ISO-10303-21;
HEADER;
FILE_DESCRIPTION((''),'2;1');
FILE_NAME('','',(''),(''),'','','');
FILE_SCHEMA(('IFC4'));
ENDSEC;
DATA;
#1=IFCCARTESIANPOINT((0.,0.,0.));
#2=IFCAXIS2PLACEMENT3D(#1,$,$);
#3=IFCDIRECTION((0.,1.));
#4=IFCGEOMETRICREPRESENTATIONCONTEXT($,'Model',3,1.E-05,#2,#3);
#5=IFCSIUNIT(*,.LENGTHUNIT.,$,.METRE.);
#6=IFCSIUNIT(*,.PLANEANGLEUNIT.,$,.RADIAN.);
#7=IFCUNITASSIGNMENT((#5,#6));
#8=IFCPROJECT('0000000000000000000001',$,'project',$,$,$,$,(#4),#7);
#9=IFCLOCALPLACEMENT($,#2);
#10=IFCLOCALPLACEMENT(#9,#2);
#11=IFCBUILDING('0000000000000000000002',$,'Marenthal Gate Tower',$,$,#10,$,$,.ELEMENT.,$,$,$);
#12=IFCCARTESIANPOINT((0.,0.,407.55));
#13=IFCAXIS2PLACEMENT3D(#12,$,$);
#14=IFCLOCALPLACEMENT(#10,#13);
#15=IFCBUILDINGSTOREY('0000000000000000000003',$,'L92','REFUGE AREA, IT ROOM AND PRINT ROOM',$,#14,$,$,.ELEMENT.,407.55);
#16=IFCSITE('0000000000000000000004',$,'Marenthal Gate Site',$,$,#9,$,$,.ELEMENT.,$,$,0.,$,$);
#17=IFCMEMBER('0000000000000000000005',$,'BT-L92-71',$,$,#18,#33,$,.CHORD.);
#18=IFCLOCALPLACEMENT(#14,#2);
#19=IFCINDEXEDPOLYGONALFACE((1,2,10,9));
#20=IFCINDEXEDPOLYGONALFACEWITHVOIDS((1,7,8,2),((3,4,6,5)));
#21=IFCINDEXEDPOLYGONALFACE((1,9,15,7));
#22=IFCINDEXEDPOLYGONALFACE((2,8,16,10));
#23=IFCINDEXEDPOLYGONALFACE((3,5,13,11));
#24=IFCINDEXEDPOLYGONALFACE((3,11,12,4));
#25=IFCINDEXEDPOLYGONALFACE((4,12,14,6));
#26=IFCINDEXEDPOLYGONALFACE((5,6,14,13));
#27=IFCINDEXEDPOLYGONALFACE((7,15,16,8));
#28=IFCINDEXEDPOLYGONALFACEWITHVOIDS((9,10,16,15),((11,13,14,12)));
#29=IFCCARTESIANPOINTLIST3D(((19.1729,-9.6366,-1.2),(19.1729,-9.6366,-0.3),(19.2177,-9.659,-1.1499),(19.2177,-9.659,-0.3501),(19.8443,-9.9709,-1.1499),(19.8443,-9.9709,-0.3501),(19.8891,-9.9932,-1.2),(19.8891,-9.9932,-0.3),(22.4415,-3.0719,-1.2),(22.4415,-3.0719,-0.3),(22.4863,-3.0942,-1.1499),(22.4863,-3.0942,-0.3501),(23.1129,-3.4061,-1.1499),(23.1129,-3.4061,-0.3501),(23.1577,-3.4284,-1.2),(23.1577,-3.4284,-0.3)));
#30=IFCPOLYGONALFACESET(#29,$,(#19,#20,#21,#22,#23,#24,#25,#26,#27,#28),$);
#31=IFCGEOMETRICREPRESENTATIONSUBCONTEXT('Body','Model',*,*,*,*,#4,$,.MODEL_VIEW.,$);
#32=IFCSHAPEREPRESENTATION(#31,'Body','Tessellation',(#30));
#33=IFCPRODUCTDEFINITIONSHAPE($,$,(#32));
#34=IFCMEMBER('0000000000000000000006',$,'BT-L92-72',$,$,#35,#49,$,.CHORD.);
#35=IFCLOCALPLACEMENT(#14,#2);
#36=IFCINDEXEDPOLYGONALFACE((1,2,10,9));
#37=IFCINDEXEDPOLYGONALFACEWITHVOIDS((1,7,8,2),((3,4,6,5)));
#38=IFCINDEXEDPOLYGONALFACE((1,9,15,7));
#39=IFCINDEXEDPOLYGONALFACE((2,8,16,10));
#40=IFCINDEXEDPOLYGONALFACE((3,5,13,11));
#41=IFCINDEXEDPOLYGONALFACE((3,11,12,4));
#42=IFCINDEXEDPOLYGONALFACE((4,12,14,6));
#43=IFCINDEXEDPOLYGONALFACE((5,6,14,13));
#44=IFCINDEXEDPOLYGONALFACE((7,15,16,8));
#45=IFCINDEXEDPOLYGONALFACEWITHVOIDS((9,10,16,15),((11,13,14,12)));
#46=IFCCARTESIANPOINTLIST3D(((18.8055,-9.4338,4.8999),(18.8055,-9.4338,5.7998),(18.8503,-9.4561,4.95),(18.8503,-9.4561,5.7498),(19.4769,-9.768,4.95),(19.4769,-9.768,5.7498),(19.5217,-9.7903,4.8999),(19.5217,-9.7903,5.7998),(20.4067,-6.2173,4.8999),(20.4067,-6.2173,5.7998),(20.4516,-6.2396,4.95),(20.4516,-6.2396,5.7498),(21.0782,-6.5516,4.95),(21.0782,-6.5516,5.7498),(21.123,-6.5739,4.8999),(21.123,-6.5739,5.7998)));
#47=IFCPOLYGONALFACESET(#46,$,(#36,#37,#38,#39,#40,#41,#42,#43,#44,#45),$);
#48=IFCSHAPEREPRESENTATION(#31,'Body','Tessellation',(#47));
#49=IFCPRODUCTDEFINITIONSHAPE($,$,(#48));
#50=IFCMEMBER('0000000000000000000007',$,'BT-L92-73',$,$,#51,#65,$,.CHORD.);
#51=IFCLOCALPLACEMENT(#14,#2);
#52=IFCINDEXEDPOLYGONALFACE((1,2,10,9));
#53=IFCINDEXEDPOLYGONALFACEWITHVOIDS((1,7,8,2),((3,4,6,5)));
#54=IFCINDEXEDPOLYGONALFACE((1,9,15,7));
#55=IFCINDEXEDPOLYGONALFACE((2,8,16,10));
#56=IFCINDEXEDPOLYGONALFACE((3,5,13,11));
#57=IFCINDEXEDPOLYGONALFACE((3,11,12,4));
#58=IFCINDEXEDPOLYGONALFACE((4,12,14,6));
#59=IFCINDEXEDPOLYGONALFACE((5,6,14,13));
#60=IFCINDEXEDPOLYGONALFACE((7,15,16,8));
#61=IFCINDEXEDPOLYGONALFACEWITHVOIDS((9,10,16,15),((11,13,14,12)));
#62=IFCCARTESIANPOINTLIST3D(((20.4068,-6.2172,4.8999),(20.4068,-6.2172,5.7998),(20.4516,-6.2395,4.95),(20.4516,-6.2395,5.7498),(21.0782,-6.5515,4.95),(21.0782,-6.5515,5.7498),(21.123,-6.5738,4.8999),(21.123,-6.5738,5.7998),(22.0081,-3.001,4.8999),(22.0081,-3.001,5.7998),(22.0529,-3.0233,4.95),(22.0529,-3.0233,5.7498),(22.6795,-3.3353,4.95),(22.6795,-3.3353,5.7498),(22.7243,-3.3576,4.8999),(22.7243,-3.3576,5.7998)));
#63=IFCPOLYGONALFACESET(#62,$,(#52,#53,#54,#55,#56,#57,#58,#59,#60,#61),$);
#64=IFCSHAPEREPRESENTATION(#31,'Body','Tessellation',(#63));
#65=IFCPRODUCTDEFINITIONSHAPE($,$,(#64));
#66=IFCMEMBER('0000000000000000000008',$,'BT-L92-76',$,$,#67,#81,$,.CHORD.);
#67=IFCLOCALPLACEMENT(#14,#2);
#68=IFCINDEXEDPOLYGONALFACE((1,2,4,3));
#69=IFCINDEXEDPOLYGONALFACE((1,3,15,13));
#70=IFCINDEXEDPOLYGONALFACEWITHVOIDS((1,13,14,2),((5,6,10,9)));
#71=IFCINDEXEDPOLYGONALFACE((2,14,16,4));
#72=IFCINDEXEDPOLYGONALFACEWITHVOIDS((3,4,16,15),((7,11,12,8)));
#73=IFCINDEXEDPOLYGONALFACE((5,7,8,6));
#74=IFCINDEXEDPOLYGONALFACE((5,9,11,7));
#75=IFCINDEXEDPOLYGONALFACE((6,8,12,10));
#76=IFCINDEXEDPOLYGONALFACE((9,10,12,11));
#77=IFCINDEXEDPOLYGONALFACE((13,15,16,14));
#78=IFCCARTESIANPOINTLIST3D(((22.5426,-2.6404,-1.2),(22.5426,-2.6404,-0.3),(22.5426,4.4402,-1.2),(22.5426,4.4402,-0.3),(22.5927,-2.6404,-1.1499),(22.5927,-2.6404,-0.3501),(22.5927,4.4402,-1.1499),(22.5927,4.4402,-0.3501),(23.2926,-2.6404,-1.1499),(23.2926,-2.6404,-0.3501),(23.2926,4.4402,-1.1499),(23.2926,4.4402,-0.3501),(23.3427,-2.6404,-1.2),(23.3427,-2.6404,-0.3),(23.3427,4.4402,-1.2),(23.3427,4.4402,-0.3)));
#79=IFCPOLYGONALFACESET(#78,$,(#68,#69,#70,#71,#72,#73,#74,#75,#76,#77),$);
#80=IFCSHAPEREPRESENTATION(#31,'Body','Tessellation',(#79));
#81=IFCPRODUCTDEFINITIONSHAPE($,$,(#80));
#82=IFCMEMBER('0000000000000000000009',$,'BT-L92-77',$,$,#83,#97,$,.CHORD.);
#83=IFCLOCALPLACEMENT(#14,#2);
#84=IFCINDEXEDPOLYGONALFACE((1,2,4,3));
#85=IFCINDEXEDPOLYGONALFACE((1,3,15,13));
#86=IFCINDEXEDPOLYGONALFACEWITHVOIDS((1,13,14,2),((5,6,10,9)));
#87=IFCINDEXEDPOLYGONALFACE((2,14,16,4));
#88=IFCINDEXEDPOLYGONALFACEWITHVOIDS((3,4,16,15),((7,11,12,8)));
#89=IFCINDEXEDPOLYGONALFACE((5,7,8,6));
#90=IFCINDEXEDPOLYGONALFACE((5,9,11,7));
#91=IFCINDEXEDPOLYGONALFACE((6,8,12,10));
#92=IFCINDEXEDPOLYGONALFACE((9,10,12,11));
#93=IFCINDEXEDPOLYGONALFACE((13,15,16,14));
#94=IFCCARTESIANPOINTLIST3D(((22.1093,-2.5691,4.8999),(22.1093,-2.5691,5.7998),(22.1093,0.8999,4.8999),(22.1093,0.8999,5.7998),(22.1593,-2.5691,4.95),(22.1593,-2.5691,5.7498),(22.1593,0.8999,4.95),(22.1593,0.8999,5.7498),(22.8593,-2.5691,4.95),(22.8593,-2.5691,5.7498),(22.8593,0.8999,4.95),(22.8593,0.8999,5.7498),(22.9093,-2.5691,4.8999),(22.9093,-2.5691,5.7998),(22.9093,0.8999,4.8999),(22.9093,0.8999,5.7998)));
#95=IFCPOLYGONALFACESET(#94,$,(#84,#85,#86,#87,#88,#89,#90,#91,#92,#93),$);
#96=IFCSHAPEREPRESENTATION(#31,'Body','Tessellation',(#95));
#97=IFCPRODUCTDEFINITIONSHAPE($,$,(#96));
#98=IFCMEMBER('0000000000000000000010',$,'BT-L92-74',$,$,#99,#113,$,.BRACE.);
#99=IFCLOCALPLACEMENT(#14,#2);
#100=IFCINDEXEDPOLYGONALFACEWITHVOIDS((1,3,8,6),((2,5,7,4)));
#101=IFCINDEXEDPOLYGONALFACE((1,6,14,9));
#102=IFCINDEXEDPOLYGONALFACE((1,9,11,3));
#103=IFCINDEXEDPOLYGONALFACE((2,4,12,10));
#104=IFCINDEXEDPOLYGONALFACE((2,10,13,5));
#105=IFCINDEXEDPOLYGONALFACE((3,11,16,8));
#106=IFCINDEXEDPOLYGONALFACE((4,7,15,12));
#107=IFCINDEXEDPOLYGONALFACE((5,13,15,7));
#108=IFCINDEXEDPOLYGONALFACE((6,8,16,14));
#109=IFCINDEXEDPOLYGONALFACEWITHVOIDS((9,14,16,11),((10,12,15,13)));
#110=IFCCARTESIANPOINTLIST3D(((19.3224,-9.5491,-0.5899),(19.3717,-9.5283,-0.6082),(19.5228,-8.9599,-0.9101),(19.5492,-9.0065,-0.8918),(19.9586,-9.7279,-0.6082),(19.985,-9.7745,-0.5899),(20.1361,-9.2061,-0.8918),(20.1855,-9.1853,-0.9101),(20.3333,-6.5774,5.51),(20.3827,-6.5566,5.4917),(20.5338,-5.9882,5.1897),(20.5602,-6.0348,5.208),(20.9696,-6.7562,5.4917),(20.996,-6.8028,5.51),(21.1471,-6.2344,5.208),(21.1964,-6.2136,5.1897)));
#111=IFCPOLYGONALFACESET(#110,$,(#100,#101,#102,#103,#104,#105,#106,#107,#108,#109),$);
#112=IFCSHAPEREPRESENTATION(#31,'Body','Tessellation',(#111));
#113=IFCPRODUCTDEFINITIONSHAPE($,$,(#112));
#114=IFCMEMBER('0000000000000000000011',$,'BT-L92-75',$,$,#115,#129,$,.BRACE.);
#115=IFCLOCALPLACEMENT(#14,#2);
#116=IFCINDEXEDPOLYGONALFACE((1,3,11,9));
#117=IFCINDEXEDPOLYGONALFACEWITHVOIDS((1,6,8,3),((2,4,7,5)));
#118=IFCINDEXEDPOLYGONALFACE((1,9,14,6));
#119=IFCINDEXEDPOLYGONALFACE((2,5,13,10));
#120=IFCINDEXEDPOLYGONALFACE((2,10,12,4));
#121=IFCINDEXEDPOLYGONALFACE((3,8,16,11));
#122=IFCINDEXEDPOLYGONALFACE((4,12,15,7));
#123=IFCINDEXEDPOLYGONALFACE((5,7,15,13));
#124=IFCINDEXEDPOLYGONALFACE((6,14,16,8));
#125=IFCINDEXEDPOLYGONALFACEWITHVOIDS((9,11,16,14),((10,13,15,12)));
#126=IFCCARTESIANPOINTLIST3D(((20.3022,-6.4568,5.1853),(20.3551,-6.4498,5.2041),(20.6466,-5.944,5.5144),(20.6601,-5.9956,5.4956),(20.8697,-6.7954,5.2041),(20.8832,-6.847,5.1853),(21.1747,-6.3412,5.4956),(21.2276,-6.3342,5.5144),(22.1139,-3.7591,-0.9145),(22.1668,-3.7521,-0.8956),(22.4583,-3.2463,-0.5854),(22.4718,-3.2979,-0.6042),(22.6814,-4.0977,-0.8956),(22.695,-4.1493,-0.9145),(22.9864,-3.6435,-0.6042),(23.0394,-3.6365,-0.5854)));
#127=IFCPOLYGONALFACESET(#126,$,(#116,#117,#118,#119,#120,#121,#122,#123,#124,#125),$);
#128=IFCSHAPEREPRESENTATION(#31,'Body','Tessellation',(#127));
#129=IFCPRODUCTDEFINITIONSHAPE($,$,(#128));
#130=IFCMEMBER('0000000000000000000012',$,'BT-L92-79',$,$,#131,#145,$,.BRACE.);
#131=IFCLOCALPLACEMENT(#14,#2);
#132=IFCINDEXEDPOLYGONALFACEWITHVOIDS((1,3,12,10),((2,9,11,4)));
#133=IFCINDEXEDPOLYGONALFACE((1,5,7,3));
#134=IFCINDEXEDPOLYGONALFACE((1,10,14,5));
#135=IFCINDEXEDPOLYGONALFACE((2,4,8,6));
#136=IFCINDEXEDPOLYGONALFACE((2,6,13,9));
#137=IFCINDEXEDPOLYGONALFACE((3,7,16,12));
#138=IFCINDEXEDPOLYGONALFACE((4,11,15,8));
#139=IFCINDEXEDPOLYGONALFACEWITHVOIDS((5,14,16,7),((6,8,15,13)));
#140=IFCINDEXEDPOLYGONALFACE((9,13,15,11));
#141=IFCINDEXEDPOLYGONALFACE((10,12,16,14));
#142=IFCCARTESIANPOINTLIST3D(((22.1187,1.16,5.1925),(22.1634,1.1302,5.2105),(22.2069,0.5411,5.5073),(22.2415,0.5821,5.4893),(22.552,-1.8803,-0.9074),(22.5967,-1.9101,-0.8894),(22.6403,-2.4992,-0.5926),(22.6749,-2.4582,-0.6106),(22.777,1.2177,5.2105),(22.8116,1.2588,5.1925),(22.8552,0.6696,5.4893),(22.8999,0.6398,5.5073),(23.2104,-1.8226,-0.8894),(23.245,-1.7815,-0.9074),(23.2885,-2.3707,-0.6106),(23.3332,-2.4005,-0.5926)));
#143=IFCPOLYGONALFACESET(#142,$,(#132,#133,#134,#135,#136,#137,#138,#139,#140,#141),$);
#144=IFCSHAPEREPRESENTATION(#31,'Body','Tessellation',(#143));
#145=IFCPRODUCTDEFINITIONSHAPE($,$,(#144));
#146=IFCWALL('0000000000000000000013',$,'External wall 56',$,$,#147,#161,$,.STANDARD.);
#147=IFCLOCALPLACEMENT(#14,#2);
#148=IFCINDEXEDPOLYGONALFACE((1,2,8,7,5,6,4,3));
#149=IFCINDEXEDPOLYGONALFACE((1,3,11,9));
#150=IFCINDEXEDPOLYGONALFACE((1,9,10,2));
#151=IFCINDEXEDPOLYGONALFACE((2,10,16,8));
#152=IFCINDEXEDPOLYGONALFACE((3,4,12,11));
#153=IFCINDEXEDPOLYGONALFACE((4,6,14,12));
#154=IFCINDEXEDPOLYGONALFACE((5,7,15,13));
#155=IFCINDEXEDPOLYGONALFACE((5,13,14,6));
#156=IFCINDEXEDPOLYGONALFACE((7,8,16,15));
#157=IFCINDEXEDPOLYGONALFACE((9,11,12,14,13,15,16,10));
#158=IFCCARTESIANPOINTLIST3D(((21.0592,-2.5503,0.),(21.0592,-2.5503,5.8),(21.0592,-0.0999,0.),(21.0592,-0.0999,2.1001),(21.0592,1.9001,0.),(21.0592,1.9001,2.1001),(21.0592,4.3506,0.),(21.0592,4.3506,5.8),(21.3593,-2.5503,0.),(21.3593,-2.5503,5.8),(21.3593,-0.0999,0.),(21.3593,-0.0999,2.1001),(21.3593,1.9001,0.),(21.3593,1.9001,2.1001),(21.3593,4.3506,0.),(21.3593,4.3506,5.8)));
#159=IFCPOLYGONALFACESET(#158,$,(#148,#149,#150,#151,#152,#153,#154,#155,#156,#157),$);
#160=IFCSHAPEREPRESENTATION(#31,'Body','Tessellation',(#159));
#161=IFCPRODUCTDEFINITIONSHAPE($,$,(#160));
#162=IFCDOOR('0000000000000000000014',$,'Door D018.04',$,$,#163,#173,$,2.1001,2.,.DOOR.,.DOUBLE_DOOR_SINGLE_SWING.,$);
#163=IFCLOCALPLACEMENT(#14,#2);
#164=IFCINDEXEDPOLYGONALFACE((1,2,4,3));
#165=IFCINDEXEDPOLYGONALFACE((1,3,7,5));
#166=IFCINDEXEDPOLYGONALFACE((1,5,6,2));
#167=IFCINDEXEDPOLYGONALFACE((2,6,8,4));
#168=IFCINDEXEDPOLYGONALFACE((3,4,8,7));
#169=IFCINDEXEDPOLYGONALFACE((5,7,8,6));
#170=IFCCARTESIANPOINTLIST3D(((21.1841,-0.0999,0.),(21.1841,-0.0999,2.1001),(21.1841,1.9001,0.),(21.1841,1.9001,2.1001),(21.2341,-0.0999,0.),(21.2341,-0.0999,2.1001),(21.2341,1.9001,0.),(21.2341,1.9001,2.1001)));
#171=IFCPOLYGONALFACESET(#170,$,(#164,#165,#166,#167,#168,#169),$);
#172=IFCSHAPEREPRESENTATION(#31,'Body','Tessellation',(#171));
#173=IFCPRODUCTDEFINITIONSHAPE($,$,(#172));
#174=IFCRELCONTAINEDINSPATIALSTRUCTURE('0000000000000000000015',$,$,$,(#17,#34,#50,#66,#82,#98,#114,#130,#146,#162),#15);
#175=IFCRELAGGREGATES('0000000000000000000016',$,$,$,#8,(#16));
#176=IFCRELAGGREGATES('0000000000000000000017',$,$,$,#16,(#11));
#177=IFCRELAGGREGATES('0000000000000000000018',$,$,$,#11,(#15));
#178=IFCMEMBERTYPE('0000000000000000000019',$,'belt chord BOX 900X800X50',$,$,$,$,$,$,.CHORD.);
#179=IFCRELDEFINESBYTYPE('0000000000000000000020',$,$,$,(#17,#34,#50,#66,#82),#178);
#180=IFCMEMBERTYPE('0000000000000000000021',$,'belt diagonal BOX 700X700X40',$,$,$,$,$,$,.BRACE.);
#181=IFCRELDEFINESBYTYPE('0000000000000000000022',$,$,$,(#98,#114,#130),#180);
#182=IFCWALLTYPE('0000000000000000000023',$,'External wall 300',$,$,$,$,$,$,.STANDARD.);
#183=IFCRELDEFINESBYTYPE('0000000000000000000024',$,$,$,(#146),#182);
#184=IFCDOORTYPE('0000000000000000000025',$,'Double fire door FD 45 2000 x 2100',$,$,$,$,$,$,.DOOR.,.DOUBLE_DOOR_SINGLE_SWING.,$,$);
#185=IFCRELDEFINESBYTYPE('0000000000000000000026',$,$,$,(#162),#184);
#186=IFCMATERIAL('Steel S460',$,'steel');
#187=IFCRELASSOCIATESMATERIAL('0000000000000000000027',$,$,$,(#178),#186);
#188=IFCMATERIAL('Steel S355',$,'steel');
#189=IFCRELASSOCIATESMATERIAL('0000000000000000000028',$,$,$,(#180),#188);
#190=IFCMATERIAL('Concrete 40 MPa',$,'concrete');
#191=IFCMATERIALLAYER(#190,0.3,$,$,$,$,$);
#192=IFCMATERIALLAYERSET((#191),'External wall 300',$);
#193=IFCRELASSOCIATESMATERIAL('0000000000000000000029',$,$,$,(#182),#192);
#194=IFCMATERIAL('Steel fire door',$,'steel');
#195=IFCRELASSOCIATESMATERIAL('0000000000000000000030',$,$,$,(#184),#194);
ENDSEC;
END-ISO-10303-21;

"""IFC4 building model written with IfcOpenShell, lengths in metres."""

from ifc_helpers import new_model, si_unit, direction, frame, frame_2d, origin, origin_2d, place, context, subcontext, project, spatial, rectangle, hollow_rectangle, extrude, material, layer, layer_set, material_profile, profile_set, type_object, element, fill, save


model = new_model("IFC4")

# Units and contexts
model_context = context("Model", 3, precision=1e-05, world=origin(), true_north=direction((0.0, 1.0)))
body_context = subcontext(model_context, "Body", "Model", "MODEL_VIEW")
ifc_project = project(units=[si_unit("LENGTHUNIT", "METRE"), si_unit("PLANEANGLEUNIT", "RADIAN")], contexts=[model_context])

# Site, building, storey
site_placement = place(None, origin())
site = spatial("IfcSite", under=ifc_project, at=site_placement, Name="Marenthal Gate Site", CompositionType="ELEMENT", RefElevation=0.0)
building_placement = place(site_placement, origin())
building = spatial("IfcBuilding", under=site, at=building_placement, Name="Marenthal Gate Tower", CompositionType="ELEMENT")
storey_placement = place(building_placement, frame((0.0, 0.0, 407.55)))
storey = spatial("IfcBuildingStorey", under=building, at=storey_placement, Name="L92", Description="REFUGE AREA, IT ROOM AND PRINT ROOM", CompositionType="ELEMENT", Elevation=407.55)

# Members
ifc_material_1 = material(Name="Steel S460", Category="steel")
ifc_material_profile_1 = material_profile(ifc_material_1, hollow_rectangle(XDim=0.8, YDim=0.8999, WallThickness=0.05, at=origin_2d()), Name="BOX 900X800X50")
ifc_profile_set_1 = profile_set([ifc_material_profile_1], Name="Steel S460")
member_type_1 = type_object("IfcMemberType", Name="belt chord BOX 900X800X50", PredefinedType="CHORD", material=ifc_profile_set_1)
member_1_placement = place(storey_placement, frame((19.531, -9.8149, -0.75), z_axis=(0.445708, 0.895178, 0.0), x_axis=(-0.895178, 0.445708, 0.0)))
element("IfcMember", 1, at=member_1_placement, inside=storey, type_object=member_type_1, Name="BT-L92-71", PredefinedType="CHORD", context=body_context, shape_type="SweptSolid", body=[
    extrude(hollow_rectangle(XDim=0.8, YDim=0.8999, WallThickness=0.05, at=origin_2d()), origin(), (0.0, 0.0, 1.0), 7.3335),
])
member_2_placement = place(storey_placement, frame((19.1636, -9.6121, 5.3499), z_axis=(0.445664, 0.8952, 0.0), x_axis=(-0.8952, 0.445664, 0.0)))
element("IfcMember", 2, at=member_2_placement, inside=storey, type_object=member_type_1, Name="BT-L92-72", PredefinedType="CHORD", context=body_context, shape_type="SweptSolid", body=[
    extrude(hollow_rectangle(XDim=0.8, YDim=0.8999, WallThickness=0.05, at=origin_2d()), origin(), (0.0, 0.0, 1.0), 3.593),
])
member_3_placement = place(storey_placement, frame((20.7649, -6.3955, 5.3499), z_axis=(0.445691, 0.895187, 0.0), x_axis=(-0.895187, 0.445691, 0.0)))
element("IfcMember", 3, at=member_3_placement, inside=storey, type_object=member_type_1, Name="BT-L92-73", PredefinedType="CHORD", context=body_context, shape_type="SweptSolid", body=[
    extrude(hollow_rectangle(XDim=0.8, YDim=0.8999, WallThickness=0.05, at=origin_2d()), origin(), (0.0, 0.0, 1.0), 3.5928),
])
member_4_placement = place(storey_placement, frame((22.9426, -2.6404, -0.75), z_axis=(0.0, 1.0, 0.0), x_axis=(-1.0, 0.0, 0.0)))
element("IfcMember", 4, at=member_4_placement, inside=storey, type_object=member_type_1, Name="BT-L92-76", PredefinedType="CHORD", context=body_context, shape_type="SweptSolid", body=[
    extrude(hollow_rectangle(XDim=0.8, YDim=0.8999, WallThickness=0.05, at=origin_2d()), origin(), (0.0, 0.0, 1.0), 7.0806),
])
member_5_placement = place(storey_placement, frame((22.5093, -2.5691, 5.3499), z_axis=(0.0, 1.0, 0.0), x_axis=(-1.0, 0.0, 0.0)))
element("IfcMember", 5, at=member_5_placement, inside=storey, type_object=member_type_1, Name="BT-L92-77", PredefinedType="CHORD", context=body_context, shape_type="SweptSolid", body=[
    extrude(hollow_rectangle(XDim=0.8, YDim=0.8999, WallThickness=0.05, at=origin_2d()), origin(), (0.0, 0.0, 1.0), 3.469),
])
ifc_material_2 = material(Name="Steel S355", Category="steel")
ifc_material_profile_2 = material_profile(ifc_material_2, hollow_rectangle(XDim=0.7, YDim=0.7, WallThickness=0.04, at=origin_2d()), Name="BOX 700X700X40")
ifc_profile_set_2 = profile_set([ifc_material_profile_2], Name="Steel S355")
member_type_2 = type_object("IfcMemberType", Name="belt diagonal BOX 700X700X40", PredefinedType="BRACE", material=ifc_profile_set_2)
member_6_placement = place(storey_placement, frame((19.7539, -9.3672, -0.75), z_axis=(0.147372, 0.433182, 0.889176), x_axis=(-0.946713, 0.322078, 0.0)))
element("IfcMember", 6, at=member_6_placement, inside=storey, type_object=member_type_2, Name="BT-L92-74", PredefinedType="BRACE", context=body_context, shape_type="SweptSolid", body=[
    extrude(hollow_rectangle(XDim=0.7, YDim=0.7, WallThickness=0.04, at=origin_2d()), origin(), (0.0, 0.0, 1.0), 6.8601),
])
member_7_placement = place(storey_placement, frame((20.7649, -6.3955, 5.3499), z_axis=(0.262139, 0.390329, -0.882568), x_axis=(-0.830162, 0.557523, 0.0)))
element("IfcMember", 7, at=member_7_placement, inside=storey, type_object=member_type_2, Name="BT-L92-75", PredefinedType="BRACE", context=body_context, shape_type="SweptSolid", body=[
    extrude(hollow_rectangle(XDim=0.7, YDim=0.7, WallThickness=0.04, at=origin_2d()), origin(), (0.0, 0.0, 1.0), 6.9114),
])
member_8_placement = place(storey_placement, frame((22.9426, -2.1404, -0.75), z_axis=(-0.063454, 0.445182, 0.893189), x_axis=(-0.989994, -0.14111, 0.0)))
element("IfcMember", 8, at=member_8_placement, inside=storey, type_object=member_type_2, Name="BT-L92-79", PredefinedType="BRACE", context=body_context, shape_type="SweptSolid", body=[
    extrude(hollow_rectangle(XDim=0.7, YDim=0.7, WallThickness=0.04, at=origin_2d()), origin(), (0.0, 0.0, 1.0), 6.8293),
])

# Wall, opening, door
ifc_material_3 = material(Name="Concrete 40 MPa", Category="concrete")
ifc_layer_1 = layer(ifc_material_3, 0.3)
ifc_layer_set_1 = layer_set([ifc_layer_1], Name="External wall 300")
wall_type_1 = type_object("IfcWallType", Name="External wall 300", PredefinedType="STANDARD", material=ifc_layer_set_1)
wall_1_placement = place(storey_placement, frame((21.2092, -2.5503, 0.0), z_axis=(0.0, 0.0, 1.0), x_axis=(0.0, 1.0, 0.0)))
wall_1 = element("IfcWall", 9, at=wall_1_placement, inside=storey, type_object=wall_type_1, Name="External wall 56", PredefinedType="STANDARD", context=body_context, shape_type="SweptSolid", body=[
    extrude(rectangle(XDim=6.9009, YDim=0.3, at=frame_2d((3.4504, 0.0))), origin(), (0.0, 0.0, 1.0), 5.8),
])
opening_1_placement = place(wall_1_placement, frame((2.4504, 0.0, 0.0)))
opening_1 = element("IfcOpeningElement", 10, at=opening_1_placement, cuts=wall_1, PredefinedType="OPENING", context=body_context, shape_type="SweptSolid", body=[
    extrude(rectangle(XDim=2.0, YDim=2.1001, at=frame_2d((1.0, 1.05))), frame((0.0, 0.1602, 0.0), z_axis=(0.0, -1.0, 0.0), x_axis=(1.0, 0.0, 0.0)), (0.0, 0.0, 1.0), 0.3201),
])
ifc_material_4 = material(Name="Steel fire door", Category="steel")
door_type_1 = type_object("IfcDoorType", Name="Double fire door FD 45 2000 x 2100", OperationType="DOUBLE_DOOR_SINGLE_SWING", PredefinedType="DOOR", material=ifc_material_4)
door_1_placement = place(opening_1_placement, frame((2.0, 0.0, 0.0), z_axis=(0.0, 0.0, 1.0), x_axis=(-1.0, 0.0, 0.0)))
door_1 = element("IfcDoor", 11, at=door_1_placement, inside=storey, type_object=door_type_1, Name="Door D018.04", OperationType="DOUBLE_DOOR_SINGLE_SWING", OverallHeight=2.1001, OverallWidth=2.0, PredefinedType="DOOR", context=body_context, shape_type="SweptSolid", body=[
    extrude(rectangle(XDim=2.0, YDim=2.1001, at=frame_2d((1.0, 1.05))), frame((0.0, 0.0249, 0.0), z_axis=(0.0, -1.0, 0.0), x_axis=(1.0, 0.0, 0.0)), (0.0, 0.0, 1.0), 0.05),
])
fill(opening_1, door_1)

save(model, "model.ifc")
